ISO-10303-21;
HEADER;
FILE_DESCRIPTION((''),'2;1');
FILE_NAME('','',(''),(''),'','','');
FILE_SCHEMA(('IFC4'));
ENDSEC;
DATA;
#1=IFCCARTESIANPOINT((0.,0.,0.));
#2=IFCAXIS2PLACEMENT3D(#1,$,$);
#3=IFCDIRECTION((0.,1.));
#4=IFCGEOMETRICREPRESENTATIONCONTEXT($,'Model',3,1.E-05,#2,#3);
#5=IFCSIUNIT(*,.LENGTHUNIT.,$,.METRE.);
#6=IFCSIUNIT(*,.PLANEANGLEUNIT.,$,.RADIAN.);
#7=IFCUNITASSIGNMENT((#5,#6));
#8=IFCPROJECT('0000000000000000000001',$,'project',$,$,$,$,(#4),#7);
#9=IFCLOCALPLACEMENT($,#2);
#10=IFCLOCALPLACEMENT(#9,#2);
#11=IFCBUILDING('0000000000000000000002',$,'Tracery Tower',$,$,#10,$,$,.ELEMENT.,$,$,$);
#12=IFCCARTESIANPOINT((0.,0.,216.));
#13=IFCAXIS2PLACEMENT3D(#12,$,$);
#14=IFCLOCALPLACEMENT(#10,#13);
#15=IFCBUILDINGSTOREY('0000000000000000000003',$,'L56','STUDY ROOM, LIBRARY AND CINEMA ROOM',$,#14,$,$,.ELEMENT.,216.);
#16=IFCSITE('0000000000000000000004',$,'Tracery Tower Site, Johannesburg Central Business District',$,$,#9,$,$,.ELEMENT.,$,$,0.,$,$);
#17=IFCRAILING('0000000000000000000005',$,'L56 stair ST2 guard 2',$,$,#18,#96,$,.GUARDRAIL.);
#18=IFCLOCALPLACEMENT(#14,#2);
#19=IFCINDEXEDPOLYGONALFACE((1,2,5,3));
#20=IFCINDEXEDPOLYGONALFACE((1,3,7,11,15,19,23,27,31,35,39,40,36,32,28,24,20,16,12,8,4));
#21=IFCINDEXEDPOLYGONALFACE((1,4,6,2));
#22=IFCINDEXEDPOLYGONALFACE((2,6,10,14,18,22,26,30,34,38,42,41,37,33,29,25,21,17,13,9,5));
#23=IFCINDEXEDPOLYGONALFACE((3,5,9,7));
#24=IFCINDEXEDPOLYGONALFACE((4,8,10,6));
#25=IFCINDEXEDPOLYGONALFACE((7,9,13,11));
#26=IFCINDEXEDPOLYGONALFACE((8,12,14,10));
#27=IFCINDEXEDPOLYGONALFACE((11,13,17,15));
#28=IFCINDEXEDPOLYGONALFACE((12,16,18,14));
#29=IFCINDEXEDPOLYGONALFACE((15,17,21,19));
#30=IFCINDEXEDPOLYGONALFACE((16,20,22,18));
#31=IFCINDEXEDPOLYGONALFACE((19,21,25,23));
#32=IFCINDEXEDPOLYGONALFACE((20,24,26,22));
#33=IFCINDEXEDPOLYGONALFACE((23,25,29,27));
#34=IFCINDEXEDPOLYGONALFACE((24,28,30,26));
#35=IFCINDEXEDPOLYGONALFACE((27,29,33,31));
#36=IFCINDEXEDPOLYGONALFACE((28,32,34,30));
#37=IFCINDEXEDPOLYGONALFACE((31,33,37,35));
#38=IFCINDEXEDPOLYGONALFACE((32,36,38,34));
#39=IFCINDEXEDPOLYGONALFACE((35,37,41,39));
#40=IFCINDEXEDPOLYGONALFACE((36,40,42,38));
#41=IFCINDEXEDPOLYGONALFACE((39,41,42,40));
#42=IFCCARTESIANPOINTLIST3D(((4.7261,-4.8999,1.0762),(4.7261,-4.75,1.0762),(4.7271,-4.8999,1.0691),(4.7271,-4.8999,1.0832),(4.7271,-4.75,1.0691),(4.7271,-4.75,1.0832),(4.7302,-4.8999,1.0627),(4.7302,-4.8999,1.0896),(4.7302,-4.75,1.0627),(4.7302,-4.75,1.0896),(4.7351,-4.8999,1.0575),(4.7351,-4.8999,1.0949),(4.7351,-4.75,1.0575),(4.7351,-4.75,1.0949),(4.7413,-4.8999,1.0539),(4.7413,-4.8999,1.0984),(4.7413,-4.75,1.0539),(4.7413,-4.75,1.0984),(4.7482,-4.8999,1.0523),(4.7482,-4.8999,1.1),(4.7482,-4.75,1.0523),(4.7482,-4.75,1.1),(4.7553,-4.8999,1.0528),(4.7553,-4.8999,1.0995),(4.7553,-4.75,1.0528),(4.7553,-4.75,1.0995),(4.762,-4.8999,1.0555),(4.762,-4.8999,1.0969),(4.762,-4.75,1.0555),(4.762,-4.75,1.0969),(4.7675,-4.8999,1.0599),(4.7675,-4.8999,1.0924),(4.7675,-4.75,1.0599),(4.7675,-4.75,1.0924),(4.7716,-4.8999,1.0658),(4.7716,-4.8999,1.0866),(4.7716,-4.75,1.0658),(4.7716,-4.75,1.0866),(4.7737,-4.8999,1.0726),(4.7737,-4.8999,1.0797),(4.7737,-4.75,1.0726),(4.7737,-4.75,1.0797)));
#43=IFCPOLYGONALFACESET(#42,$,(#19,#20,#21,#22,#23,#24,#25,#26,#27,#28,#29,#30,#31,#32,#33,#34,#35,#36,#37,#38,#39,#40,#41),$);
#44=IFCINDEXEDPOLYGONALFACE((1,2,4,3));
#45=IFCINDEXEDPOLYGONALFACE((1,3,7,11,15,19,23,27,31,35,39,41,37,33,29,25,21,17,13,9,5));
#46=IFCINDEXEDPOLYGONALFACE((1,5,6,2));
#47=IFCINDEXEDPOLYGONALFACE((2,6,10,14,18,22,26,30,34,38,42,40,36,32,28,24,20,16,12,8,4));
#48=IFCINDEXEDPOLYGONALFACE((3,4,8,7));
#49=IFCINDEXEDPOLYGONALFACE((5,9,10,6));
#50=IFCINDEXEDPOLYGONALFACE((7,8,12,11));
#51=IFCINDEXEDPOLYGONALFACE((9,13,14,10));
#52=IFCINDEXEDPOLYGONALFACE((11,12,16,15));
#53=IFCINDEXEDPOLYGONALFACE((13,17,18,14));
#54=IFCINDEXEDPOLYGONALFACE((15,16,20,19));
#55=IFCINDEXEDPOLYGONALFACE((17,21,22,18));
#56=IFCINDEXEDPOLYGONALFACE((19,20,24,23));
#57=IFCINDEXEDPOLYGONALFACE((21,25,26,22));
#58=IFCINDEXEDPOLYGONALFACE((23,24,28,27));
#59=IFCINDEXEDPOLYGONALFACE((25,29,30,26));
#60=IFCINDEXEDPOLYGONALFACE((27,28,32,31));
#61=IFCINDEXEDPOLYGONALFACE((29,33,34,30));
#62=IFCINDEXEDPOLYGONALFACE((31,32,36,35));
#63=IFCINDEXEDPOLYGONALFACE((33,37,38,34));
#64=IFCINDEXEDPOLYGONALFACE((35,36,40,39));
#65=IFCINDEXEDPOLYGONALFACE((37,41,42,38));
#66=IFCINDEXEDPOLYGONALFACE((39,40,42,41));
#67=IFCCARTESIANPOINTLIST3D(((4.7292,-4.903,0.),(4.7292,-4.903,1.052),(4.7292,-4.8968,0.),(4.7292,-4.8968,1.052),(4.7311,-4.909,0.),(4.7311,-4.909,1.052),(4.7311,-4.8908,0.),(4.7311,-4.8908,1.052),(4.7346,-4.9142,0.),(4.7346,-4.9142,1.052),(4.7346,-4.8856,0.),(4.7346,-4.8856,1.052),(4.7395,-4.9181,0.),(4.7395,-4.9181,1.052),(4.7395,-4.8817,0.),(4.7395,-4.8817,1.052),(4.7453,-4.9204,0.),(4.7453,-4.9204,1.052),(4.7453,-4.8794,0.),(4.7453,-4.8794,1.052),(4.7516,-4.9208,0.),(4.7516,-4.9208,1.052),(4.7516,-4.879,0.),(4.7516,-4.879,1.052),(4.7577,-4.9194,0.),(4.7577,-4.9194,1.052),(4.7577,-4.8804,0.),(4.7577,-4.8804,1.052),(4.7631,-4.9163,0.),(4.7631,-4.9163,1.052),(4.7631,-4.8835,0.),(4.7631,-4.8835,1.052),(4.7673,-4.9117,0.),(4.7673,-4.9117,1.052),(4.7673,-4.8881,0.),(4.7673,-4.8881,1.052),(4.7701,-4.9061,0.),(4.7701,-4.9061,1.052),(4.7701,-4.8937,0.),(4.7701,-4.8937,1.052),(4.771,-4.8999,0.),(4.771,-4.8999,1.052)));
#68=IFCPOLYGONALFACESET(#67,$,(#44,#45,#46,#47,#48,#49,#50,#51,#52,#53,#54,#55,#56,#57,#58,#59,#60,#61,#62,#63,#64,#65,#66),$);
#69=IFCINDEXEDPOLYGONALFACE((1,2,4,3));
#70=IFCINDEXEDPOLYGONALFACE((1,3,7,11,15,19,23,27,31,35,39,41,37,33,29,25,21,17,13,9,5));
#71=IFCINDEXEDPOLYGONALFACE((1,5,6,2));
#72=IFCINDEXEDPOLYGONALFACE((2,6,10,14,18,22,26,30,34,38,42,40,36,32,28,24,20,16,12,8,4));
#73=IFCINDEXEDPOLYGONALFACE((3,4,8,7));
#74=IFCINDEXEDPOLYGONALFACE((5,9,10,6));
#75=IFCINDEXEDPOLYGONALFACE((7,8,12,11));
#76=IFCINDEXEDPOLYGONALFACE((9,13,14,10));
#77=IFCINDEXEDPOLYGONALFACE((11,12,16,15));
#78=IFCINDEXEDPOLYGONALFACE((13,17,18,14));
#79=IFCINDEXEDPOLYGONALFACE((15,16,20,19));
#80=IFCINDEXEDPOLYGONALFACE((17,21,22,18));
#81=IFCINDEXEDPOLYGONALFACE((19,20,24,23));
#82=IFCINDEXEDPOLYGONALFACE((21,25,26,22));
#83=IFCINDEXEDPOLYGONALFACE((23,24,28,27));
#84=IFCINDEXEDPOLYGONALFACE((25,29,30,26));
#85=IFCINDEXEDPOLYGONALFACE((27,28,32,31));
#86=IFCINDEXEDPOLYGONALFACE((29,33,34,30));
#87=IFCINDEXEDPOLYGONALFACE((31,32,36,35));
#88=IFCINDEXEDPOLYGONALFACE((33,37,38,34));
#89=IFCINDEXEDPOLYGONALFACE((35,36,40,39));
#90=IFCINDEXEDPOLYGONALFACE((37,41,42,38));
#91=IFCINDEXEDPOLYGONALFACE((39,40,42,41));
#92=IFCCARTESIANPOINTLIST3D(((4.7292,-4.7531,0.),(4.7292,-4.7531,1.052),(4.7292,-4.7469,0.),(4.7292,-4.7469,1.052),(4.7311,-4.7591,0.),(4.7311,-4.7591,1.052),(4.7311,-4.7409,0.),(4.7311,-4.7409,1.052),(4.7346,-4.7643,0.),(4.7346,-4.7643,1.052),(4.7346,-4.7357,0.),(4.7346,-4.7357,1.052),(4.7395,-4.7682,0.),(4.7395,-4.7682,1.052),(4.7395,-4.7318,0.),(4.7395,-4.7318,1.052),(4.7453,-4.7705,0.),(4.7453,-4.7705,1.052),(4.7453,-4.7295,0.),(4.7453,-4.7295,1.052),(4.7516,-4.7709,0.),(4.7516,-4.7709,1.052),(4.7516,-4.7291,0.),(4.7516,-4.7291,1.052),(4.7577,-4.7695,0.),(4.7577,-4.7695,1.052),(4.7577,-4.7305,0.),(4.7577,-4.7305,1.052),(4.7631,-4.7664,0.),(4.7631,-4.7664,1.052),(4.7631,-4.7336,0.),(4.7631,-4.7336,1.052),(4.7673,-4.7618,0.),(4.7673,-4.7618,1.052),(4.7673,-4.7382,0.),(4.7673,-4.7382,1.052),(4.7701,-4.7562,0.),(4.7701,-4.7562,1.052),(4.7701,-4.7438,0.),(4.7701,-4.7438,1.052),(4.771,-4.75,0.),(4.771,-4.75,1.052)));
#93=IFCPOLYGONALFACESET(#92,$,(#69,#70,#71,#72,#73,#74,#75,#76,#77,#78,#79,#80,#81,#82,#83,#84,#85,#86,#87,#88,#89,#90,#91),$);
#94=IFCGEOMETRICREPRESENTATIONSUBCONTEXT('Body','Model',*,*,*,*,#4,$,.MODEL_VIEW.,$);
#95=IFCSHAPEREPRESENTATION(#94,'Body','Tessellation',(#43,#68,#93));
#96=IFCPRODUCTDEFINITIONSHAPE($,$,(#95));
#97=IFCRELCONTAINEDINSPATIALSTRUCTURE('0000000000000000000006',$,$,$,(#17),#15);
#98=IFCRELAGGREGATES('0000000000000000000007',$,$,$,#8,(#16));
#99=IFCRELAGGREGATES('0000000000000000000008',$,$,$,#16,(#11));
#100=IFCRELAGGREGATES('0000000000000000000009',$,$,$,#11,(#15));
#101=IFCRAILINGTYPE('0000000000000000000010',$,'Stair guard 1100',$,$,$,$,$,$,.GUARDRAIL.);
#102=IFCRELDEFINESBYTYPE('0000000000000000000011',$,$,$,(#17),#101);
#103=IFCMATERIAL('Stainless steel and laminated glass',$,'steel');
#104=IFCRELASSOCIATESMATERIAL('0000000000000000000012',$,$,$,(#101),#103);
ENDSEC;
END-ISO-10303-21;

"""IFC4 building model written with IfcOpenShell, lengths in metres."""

from ifc_helpers import new_model, si_unit, direction, frame, origin, origin_2d, place, context, subcontext, project, spatial, circle, extrude, material, type_object, element, save


model = new_model("IFC4")

# Units and contexts
model_context = context("Model", 3, precision=1e-05, world=origin(), true_north=direction((0.0, 1.0)))
body_context = subcontext(model_context, "Body", "Model", "MODEL_VIEW")
ifc_project = project(units=[si_unit("LENGTHUNIT", "METRE"), si_unit("PLANEANGLEUNIT", "RADIAN")], contexts=[model_context])

# Site, building, storey
site_placement = place(None, origin())
site = spatial("IfcSite", under=ifc_project, at=site_placement, Name="Tracery Tower Site, Johannesburg Central Business District", CompositionType="ELEMENT", RefElevation=0.0)
building_placement = place(site_placement, origin())
building = spatial("IfcBuilding", under=site, at=building_placement, Name="Tracery Tower", CompositionType="ELEMENT")
storey_placement = place(building_placement, frame((0.0, 0.0, 216.0)))
storey = spatial("IfcBuildingStorey", under=building, at=storey_placement, Name="L56", Description="STUDY ROOM, LIBRARY AND CINEMA ROOM", CompositionType="ELEMENT", Elevation=216.0)

# Railing
ifc_material_1 = material(Name="Stainless steel and laminated glass", Category="steel")
railing_type_1 = type_object("IfcRailingType", Name="Stair guard 1100", PredefinedType="GUARDRAIL", material=ifc_material_1)
railing_1_placement = place(storey_placement, frame((4.75, -4.8999, 0.0)))
element("IfcRailing", 1, at=railing_1_placement, inside=storey, type_object=railing_type_1, Name="L56 stair ST2 guard 2", PredefinedType="GUARDRAIL", context=body_context, shape_type="SweptSolid", body=[
    extrude(circle(Radius=0.0239, at=origin_2d()), frame((0.0, 0.0, 1.0762), z_axis=(0.0, 1.0, 0.0), x_axis=(-1.0, 0.0, 0.0)), (0.0, 0.0, 1.0), 0.1499),
    extrude(circle(Radius=0.021, at=origin_2d()), origin(), (0.0, 0.0, 1.0), 1.052),
    extrude(circle(Radius=0.021, at=origin_2d()), frame((0.0, 0.1499, 0.0)), (0.0, 0.0, 1.0), 1.052),
])

save(model, "model.ifc")
